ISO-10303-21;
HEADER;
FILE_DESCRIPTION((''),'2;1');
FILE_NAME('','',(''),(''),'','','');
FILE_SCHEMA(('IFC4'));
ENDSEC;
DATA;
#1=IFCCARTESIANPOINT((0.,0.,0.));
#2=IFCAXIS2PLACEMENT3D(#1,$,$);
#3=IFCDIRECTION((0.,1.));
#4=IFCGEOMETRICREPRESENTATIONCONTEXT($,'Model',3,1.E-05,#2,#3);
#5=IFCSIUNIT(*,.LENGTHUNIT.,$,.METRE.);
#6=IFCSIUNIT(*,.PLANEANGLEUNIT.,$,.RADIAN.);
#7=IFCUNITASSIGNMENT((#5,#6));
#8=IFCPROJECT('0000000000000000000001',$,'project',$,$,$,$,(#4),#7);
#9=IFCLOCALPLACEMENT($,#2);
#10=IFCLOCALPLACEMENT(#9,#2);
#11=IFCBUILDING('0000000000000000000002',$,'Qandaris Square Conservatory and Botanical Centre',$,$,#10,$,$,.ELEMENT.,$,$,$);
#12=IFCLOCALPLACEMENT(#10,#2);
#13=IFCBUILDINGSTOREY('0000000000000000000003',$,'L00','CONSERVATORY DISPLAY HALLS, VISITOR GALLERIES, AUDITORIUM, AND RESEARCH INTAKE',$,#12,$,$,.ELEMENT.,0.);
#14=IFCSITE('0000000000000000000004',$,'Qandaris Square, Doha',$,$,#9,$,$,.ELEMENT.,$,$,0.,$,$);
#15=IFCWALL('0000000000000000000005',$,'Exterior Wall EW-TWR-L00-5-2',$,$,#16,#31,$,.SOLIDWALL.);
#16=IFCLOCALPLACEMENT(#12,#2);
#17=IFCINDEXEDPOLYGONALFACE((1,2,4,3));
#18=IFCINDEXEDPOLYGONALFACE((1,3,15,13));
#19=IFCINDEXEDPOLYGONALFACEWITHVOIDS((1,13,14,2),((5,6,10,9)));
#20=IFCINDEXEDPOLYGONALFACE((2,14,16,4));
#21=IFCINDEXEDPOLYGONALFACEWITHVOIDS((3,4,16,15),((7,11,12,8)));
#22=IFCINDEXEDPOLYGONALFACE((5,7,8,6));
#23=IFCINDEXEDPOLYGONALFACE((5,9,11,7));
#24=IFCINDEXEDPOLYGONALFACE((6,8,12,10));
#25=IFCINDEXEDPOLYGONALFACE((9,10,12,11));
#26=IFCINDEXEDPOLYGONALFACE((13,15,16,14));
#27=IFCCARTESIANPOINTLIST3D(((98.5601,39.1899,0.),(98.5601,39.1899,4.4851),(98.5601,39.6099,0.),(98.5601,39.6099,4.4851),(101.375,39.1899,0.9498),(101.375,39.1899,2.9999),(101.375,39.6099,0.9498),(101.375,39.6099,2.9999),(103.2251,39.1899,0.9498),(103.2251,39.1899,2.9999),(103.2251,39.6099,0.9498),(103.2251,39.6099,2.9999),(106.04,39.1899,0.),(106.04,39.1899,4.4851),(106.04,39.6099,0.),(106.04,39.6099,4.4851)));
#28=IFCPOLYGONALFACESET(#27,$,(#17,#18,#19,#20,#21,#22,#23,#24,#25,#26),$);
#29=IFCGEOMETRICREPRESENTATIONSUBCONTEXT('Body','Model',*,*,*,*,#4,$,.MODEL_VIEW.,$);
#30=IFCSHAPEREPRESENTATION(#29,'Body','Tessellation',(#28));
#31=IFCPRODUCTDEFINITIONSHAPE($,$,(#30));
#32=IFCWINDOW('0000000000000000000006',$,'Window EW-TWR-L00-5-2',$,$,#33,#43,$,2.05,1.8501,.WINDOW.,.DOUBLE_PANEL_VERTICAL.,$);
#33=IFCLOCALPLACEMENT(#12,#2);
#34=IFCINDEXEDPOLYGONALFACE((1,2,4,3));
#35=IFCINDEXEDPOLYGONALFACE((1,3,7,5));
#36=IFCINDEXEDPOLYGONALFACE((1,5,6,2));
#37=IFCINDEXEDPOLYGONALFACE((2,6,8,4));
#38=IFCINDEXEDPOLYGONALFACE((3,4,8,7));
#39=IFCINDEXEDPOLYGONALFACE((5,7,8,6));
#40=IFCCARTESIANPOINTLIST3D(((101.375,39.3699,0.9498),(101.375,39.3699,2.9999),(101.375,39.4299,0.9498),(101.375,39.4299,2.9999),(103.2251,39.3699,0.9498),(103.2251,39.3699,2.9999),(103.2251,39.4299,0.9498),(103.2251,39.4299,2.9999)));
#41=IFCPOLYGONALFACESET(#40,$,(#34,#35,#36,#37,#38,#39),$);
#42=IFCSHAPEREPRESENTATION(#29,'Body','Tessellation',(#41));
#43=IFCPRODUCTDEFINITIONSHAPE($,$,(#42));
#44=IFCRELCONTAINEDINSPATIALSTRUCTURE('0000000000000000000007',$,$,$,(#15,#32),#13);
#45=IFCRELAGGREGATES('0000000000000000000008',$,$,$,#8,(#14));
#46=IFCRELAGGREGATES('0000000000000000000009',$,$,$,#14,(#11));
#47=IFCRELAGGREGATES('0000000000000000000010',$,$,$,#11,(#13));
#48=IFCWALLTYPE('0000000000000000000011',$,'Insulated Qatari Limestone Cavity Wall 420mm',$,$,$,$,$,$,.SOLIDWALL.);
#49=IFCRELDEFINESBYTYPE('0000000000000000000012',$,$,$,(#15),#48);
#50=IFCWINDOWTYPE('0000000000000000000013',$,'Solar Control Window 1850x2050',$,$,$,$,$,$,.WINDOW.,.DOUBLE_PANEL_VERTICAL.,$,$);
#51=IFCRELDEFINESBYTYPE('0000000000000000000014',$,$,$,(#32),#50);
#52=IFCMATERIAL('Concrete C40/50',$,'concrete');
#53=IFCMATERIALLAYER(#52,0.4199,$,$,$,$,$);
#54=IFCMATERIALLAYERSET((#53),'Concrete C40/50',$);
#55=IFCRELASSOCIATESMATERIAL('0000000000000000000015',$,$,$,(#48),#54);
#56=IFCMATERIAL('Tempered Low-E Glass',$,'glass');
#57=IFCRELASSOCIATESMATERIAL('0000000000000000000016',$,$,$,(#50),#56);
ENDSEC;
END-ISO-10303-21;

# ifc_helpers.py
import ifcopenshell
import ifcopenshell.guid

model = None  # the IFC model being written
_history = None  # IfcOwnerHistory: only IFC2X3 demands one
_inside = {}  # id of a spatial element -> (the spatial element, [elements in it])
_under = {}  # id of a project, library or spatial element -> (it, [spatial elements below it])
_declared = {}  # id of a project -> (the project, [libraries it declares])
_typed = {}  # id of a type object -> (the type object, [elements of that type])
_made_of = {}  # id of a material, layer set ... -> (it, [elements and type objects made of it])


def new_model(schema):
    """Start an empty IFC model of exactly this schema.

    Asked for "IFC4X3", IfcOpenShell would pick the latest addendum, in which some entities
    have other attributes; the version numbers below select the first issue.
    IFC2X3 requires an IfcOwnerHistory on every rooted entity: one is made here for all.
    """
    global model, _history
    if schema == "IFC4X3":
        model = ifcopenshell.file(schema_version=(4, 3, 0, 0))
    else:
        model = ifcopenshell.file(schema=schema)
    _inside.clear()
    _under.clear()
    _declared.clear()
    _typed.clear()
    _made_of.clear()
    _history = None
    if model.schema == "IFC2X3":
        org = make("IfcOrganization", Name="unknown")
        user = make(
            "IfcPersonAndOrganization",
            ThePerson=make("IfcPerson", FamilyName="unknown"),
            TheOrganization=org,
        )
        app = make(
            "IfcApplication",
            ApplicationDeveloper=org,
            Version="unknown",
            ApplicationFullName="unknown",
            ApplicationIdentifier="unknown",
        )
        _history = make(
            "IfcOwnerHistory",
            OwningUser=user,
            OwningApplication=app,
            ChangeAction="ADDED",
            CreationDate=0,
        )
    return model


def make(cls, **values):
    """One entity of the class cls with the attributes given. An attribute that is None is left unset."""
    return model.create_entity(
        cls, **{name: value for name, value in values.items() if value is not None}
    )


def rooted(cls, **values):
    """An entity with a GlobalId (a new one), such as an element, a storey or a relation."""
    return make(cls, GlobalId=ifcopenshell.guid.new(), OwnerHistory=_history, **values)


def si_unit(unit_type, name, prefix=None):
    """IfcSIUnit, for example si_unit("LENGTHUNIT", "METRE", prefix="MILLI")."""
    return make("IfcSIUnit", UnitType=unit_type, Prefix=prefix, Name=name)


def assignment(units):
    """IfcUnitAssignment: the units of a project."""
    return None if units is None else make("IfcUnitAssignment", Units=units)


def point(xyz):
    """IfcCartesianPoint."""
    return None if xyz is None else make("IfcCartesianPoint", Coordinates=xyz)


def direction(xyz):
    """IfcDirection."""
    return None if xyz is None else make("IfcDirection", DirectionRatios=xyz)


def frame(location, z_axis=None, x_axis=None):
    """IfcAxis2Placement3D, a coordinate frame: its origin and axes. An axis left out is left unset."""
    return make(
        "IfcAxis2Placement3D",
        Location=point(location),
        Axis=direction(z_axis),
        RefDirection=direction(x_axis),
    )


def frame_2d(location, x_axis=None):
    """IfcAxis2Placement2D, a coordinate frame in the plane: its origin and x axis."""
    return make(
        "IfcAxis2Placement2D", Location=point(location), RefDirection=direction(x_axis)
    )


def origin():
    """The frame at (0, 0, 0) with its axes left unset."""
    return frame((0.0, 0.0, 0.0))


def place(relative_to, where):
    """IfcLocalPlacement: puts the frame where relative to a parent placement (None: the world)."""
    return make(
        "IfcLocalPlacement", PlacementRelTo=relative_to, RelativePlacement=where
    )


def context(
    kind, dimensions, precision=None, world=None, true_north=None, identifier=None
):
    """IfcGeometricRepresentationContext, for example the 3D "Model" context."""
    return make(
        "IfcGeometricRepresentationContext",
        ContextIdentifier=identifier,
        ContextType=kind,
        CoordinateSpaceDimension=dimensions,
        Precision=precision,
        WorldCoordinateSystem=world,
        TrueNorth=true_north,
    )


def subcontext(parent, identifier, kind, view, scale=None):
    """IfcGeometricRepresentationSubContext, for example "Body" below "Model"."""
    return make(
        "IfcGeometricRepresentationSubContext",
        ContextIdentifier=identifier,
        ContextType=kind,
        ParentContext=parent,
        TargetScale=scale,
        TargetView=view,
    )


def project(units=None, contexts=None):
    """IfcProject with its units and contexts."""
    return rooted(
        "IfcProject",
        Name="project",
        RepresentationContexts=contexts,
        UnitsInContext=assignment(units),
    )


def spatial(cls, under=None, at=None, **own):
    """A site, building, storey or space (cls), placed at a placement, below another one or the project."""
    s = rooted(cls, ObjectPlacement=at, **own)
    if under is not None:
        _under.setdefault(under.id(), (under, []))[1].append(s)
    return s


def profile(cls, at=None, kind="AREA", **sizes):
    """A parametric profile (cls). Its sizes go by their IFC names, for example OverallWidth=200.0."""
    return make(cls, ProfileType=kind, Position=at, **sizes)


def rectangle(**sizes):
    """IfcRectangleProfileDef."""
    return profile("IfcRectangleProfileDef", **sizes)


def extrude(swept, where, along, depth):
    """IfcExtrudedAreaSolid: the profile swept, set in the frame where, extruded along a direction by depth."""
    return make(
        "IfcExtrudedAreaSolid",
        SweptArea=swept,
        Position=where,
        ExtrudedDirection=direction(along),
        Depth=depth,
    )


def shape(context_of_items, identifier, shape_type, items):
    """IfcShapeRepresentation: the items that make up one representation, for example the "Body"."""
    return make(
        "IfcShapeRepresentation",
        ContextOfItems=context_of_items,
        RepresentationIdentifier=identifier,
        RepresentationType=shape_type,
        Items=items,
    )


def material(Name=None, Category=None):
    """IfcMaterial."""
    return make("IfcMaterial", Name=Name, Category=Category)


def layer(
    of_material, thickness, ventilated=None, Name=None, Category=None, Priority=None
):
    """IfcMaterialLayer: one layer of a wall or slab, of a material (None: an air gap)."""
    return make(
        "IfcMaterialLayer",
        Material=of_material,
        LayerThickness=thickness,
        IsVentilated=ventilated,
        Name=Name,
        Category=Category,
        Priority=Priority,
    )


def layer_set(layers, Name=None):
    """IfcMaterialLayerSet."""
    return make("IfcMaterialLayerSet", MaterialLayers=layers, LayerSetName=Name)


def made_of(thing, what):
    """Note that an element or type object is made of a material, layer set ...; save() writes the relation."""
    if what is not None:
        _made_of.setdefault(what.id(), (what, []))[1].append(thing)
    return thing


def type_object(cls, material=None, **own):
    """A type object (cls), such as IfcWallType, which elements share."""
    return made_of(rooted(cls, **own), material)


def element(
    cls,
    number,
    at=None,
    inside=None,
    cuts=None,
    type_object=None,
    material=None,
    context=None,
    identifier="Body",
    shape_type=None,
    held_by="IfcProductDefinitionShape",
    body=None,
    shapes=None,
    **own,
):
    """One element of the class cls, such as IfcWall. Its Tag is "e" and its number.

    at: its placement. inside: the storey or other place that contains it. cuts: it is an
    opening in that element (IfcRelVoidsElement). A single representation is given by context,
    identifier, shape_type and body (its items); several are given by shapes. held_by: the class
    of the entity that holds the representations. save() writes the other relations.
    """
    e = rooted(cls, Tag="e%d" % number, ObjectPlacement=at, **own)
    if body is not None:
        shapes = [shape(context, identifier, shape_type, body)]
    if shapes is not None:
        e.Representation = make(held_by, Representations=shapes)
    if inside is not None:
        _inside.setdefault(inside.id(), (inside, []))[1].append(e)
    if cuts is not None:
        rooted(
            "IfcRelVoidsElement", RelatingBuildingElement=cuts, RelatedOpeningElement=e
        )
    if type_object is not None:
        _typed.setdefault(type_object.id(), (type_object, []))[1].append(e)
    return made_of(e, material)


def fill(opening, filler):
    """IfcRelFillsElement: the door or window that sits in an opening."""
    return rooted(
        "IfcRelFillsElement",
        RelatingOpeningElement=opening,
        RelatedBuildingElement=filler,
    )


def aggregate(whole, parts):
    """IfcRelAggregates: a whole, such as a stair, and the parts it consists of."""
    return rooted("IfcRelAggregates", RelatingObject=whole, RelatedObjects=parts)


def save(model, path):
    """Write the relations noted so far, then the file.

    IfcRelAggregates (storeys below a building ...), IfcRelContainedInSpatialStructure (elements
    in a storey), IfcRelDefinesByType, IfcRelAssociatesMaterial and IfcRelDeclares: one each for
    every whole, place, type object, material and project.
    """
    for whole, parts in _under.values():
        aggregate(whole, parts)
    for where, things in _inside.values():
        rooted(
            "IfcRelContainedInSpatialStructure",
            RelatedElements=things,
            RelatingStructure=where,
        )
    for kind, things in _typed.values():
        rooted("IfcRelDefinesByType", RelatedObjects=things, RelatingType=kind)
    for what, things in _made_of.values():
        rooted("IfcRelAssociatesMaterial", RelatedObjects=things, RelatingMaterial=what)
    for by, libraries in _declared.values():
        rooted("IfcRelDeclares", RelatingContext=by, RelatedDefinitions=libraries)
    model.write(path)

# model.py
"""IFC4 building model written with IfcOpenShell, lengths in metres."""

from ifc_helpers import new_model, si_unit, direction, frame, frame_2d, origin, place, context, subcontext, project, spatial, rectangle, extrude, material, layer, layer_set, type_object, element, fill, save


model = new_model("IFC4")

# Units and contexts
model_context = context("Model", 3, precision=1e-05, world=origin(), true_north=direction((0.0, 1.0)))
body_context = subcontext(model_context, "Body", "Model", "MODEL_VIEW")
ifc_project = project(units=[si_unit("LENGTHUNIT", "METRE"), si_unit("PLANEANGLEUNIT", "RADIAN")], contexts=[model_context])

# Site, building, storey
site_placement = place(None, origin())
site = spatial("IfcSite", under=ifc_project, at=site_placement, Name="Qandaris Square, Doha", CompositionType="ELEMENT", RefElevation=0.0)
building_placement = place(site_placement, origin())
building = spatial("IfcBuilding", under=site, at=building_placement, Name="Qandaris Square Conservatory and Botanical Centre", CompositionType="ELEMENT")
storey_placement = place(building_placement, origin())
storey = spatial("IfcBuildingStorey", under=building, at=storey_placement, Name="L00", Description="CONSERVATORY DISPLAY HALLS, VISITOR GALLERIES, AUDITORIUM, AND RESEARCH INTAKE", CompositionType="ELEMENT", Elevation=0.0)

# Shared definitions
ifc_material_1 = material(Name="Concrete C40/50", Category="concrete")

# Shared definitions
ifc_material_2 = material(Name="Tempered Low-E Glass", Category="glass")

# Wall, opening, window
ifc_layer_1 = layer(ifc_material_1, 0.4199)
ifc_layer_set_1 = layer_set([ifc_layer_1], Name="Concrete C40/50")
wall_type_1 = type_object("IfcWallType", Name="Insulated Qatari Limestone Cavity Wall 420mm", PredefinedType="SOLIDWALL", material=ifc_layer_set_1)
wall_1_placement = place(storey_placement, frame((106.04, 39.3999, 0.0), z_axis=(0.0, 0.0, 1.0), x_axis=(-1.0, 0.0, 0.0)))
wall_1 = element("IfcWall", 1, at=wall_1_placement, inside=storey, type_object=wall_type_1, Name="Exterior Wall EW-TWR-L00-5-2", PredefinedType="SOLIDWALL", context=body_context, shape_type="SweptSolid", body=[
    extrude(rectangle(XDim=7.48, YDim=0.4199, at=frame_2d((3.74, 0.0))), origin(), (0.0, 0.0, 1.0), 4.4851),
])
opening_1_placement = place(wall_1_placement, frame((2.8149, 0.0, 0.95)))
opening_1 = element("IfcOpeningElement", 2, at=opening_1_placement, cuts=wall_1, PredefinedType="OPENING", context=body_context, shape_type="SweptSolid", body=[
    extrude(rectangle(XDim=1.8501, YDim=2.05, at=frame_2d((0.925, 1.0249))), frame((0.0, 0.2219, 0.0), z_axis=(0.0, -1.0, 0.0), x_axis=(1.0, 0.0, 0.0)), (0.0, 0.0, 1.0), 0.4438),
])
window_type = type_object("IfcWindowType", Name="Solar Control Window 1850x2050", PartitioningType="DOUBLE_PANEL_VERTICAL", PredefinedType="WINDOW", material=ifc_material_2)
window_placement = place(opening_1_placement, origin())
window = element("IfcWindow", 3, at=window_placement, inside=storey, type_object=window_type, Name="Window EW-TWR-L00-5-2", OverallHeight=2.05, OverallWidth=1.8501, PartitioningType="DOUBLE_PANEL_VERTICAL", PredefinedType="WINDOW", context=body_context, shape_type="SweptSolid", body=[
    extrude(rectangle(XDim=1.8501, YDim=2.05, at=frame_2d((0.925, 1.0249))), frame((0.0, 0.03, 0.0), z_axis=(0.0, -1.0, 0.0), x_axis=(1.0, 0.0, 0.0)), (0.0, 0.0, 1.0), 0.0601),
])
fill(opening_1, window)

save(model, "model.ifc")
